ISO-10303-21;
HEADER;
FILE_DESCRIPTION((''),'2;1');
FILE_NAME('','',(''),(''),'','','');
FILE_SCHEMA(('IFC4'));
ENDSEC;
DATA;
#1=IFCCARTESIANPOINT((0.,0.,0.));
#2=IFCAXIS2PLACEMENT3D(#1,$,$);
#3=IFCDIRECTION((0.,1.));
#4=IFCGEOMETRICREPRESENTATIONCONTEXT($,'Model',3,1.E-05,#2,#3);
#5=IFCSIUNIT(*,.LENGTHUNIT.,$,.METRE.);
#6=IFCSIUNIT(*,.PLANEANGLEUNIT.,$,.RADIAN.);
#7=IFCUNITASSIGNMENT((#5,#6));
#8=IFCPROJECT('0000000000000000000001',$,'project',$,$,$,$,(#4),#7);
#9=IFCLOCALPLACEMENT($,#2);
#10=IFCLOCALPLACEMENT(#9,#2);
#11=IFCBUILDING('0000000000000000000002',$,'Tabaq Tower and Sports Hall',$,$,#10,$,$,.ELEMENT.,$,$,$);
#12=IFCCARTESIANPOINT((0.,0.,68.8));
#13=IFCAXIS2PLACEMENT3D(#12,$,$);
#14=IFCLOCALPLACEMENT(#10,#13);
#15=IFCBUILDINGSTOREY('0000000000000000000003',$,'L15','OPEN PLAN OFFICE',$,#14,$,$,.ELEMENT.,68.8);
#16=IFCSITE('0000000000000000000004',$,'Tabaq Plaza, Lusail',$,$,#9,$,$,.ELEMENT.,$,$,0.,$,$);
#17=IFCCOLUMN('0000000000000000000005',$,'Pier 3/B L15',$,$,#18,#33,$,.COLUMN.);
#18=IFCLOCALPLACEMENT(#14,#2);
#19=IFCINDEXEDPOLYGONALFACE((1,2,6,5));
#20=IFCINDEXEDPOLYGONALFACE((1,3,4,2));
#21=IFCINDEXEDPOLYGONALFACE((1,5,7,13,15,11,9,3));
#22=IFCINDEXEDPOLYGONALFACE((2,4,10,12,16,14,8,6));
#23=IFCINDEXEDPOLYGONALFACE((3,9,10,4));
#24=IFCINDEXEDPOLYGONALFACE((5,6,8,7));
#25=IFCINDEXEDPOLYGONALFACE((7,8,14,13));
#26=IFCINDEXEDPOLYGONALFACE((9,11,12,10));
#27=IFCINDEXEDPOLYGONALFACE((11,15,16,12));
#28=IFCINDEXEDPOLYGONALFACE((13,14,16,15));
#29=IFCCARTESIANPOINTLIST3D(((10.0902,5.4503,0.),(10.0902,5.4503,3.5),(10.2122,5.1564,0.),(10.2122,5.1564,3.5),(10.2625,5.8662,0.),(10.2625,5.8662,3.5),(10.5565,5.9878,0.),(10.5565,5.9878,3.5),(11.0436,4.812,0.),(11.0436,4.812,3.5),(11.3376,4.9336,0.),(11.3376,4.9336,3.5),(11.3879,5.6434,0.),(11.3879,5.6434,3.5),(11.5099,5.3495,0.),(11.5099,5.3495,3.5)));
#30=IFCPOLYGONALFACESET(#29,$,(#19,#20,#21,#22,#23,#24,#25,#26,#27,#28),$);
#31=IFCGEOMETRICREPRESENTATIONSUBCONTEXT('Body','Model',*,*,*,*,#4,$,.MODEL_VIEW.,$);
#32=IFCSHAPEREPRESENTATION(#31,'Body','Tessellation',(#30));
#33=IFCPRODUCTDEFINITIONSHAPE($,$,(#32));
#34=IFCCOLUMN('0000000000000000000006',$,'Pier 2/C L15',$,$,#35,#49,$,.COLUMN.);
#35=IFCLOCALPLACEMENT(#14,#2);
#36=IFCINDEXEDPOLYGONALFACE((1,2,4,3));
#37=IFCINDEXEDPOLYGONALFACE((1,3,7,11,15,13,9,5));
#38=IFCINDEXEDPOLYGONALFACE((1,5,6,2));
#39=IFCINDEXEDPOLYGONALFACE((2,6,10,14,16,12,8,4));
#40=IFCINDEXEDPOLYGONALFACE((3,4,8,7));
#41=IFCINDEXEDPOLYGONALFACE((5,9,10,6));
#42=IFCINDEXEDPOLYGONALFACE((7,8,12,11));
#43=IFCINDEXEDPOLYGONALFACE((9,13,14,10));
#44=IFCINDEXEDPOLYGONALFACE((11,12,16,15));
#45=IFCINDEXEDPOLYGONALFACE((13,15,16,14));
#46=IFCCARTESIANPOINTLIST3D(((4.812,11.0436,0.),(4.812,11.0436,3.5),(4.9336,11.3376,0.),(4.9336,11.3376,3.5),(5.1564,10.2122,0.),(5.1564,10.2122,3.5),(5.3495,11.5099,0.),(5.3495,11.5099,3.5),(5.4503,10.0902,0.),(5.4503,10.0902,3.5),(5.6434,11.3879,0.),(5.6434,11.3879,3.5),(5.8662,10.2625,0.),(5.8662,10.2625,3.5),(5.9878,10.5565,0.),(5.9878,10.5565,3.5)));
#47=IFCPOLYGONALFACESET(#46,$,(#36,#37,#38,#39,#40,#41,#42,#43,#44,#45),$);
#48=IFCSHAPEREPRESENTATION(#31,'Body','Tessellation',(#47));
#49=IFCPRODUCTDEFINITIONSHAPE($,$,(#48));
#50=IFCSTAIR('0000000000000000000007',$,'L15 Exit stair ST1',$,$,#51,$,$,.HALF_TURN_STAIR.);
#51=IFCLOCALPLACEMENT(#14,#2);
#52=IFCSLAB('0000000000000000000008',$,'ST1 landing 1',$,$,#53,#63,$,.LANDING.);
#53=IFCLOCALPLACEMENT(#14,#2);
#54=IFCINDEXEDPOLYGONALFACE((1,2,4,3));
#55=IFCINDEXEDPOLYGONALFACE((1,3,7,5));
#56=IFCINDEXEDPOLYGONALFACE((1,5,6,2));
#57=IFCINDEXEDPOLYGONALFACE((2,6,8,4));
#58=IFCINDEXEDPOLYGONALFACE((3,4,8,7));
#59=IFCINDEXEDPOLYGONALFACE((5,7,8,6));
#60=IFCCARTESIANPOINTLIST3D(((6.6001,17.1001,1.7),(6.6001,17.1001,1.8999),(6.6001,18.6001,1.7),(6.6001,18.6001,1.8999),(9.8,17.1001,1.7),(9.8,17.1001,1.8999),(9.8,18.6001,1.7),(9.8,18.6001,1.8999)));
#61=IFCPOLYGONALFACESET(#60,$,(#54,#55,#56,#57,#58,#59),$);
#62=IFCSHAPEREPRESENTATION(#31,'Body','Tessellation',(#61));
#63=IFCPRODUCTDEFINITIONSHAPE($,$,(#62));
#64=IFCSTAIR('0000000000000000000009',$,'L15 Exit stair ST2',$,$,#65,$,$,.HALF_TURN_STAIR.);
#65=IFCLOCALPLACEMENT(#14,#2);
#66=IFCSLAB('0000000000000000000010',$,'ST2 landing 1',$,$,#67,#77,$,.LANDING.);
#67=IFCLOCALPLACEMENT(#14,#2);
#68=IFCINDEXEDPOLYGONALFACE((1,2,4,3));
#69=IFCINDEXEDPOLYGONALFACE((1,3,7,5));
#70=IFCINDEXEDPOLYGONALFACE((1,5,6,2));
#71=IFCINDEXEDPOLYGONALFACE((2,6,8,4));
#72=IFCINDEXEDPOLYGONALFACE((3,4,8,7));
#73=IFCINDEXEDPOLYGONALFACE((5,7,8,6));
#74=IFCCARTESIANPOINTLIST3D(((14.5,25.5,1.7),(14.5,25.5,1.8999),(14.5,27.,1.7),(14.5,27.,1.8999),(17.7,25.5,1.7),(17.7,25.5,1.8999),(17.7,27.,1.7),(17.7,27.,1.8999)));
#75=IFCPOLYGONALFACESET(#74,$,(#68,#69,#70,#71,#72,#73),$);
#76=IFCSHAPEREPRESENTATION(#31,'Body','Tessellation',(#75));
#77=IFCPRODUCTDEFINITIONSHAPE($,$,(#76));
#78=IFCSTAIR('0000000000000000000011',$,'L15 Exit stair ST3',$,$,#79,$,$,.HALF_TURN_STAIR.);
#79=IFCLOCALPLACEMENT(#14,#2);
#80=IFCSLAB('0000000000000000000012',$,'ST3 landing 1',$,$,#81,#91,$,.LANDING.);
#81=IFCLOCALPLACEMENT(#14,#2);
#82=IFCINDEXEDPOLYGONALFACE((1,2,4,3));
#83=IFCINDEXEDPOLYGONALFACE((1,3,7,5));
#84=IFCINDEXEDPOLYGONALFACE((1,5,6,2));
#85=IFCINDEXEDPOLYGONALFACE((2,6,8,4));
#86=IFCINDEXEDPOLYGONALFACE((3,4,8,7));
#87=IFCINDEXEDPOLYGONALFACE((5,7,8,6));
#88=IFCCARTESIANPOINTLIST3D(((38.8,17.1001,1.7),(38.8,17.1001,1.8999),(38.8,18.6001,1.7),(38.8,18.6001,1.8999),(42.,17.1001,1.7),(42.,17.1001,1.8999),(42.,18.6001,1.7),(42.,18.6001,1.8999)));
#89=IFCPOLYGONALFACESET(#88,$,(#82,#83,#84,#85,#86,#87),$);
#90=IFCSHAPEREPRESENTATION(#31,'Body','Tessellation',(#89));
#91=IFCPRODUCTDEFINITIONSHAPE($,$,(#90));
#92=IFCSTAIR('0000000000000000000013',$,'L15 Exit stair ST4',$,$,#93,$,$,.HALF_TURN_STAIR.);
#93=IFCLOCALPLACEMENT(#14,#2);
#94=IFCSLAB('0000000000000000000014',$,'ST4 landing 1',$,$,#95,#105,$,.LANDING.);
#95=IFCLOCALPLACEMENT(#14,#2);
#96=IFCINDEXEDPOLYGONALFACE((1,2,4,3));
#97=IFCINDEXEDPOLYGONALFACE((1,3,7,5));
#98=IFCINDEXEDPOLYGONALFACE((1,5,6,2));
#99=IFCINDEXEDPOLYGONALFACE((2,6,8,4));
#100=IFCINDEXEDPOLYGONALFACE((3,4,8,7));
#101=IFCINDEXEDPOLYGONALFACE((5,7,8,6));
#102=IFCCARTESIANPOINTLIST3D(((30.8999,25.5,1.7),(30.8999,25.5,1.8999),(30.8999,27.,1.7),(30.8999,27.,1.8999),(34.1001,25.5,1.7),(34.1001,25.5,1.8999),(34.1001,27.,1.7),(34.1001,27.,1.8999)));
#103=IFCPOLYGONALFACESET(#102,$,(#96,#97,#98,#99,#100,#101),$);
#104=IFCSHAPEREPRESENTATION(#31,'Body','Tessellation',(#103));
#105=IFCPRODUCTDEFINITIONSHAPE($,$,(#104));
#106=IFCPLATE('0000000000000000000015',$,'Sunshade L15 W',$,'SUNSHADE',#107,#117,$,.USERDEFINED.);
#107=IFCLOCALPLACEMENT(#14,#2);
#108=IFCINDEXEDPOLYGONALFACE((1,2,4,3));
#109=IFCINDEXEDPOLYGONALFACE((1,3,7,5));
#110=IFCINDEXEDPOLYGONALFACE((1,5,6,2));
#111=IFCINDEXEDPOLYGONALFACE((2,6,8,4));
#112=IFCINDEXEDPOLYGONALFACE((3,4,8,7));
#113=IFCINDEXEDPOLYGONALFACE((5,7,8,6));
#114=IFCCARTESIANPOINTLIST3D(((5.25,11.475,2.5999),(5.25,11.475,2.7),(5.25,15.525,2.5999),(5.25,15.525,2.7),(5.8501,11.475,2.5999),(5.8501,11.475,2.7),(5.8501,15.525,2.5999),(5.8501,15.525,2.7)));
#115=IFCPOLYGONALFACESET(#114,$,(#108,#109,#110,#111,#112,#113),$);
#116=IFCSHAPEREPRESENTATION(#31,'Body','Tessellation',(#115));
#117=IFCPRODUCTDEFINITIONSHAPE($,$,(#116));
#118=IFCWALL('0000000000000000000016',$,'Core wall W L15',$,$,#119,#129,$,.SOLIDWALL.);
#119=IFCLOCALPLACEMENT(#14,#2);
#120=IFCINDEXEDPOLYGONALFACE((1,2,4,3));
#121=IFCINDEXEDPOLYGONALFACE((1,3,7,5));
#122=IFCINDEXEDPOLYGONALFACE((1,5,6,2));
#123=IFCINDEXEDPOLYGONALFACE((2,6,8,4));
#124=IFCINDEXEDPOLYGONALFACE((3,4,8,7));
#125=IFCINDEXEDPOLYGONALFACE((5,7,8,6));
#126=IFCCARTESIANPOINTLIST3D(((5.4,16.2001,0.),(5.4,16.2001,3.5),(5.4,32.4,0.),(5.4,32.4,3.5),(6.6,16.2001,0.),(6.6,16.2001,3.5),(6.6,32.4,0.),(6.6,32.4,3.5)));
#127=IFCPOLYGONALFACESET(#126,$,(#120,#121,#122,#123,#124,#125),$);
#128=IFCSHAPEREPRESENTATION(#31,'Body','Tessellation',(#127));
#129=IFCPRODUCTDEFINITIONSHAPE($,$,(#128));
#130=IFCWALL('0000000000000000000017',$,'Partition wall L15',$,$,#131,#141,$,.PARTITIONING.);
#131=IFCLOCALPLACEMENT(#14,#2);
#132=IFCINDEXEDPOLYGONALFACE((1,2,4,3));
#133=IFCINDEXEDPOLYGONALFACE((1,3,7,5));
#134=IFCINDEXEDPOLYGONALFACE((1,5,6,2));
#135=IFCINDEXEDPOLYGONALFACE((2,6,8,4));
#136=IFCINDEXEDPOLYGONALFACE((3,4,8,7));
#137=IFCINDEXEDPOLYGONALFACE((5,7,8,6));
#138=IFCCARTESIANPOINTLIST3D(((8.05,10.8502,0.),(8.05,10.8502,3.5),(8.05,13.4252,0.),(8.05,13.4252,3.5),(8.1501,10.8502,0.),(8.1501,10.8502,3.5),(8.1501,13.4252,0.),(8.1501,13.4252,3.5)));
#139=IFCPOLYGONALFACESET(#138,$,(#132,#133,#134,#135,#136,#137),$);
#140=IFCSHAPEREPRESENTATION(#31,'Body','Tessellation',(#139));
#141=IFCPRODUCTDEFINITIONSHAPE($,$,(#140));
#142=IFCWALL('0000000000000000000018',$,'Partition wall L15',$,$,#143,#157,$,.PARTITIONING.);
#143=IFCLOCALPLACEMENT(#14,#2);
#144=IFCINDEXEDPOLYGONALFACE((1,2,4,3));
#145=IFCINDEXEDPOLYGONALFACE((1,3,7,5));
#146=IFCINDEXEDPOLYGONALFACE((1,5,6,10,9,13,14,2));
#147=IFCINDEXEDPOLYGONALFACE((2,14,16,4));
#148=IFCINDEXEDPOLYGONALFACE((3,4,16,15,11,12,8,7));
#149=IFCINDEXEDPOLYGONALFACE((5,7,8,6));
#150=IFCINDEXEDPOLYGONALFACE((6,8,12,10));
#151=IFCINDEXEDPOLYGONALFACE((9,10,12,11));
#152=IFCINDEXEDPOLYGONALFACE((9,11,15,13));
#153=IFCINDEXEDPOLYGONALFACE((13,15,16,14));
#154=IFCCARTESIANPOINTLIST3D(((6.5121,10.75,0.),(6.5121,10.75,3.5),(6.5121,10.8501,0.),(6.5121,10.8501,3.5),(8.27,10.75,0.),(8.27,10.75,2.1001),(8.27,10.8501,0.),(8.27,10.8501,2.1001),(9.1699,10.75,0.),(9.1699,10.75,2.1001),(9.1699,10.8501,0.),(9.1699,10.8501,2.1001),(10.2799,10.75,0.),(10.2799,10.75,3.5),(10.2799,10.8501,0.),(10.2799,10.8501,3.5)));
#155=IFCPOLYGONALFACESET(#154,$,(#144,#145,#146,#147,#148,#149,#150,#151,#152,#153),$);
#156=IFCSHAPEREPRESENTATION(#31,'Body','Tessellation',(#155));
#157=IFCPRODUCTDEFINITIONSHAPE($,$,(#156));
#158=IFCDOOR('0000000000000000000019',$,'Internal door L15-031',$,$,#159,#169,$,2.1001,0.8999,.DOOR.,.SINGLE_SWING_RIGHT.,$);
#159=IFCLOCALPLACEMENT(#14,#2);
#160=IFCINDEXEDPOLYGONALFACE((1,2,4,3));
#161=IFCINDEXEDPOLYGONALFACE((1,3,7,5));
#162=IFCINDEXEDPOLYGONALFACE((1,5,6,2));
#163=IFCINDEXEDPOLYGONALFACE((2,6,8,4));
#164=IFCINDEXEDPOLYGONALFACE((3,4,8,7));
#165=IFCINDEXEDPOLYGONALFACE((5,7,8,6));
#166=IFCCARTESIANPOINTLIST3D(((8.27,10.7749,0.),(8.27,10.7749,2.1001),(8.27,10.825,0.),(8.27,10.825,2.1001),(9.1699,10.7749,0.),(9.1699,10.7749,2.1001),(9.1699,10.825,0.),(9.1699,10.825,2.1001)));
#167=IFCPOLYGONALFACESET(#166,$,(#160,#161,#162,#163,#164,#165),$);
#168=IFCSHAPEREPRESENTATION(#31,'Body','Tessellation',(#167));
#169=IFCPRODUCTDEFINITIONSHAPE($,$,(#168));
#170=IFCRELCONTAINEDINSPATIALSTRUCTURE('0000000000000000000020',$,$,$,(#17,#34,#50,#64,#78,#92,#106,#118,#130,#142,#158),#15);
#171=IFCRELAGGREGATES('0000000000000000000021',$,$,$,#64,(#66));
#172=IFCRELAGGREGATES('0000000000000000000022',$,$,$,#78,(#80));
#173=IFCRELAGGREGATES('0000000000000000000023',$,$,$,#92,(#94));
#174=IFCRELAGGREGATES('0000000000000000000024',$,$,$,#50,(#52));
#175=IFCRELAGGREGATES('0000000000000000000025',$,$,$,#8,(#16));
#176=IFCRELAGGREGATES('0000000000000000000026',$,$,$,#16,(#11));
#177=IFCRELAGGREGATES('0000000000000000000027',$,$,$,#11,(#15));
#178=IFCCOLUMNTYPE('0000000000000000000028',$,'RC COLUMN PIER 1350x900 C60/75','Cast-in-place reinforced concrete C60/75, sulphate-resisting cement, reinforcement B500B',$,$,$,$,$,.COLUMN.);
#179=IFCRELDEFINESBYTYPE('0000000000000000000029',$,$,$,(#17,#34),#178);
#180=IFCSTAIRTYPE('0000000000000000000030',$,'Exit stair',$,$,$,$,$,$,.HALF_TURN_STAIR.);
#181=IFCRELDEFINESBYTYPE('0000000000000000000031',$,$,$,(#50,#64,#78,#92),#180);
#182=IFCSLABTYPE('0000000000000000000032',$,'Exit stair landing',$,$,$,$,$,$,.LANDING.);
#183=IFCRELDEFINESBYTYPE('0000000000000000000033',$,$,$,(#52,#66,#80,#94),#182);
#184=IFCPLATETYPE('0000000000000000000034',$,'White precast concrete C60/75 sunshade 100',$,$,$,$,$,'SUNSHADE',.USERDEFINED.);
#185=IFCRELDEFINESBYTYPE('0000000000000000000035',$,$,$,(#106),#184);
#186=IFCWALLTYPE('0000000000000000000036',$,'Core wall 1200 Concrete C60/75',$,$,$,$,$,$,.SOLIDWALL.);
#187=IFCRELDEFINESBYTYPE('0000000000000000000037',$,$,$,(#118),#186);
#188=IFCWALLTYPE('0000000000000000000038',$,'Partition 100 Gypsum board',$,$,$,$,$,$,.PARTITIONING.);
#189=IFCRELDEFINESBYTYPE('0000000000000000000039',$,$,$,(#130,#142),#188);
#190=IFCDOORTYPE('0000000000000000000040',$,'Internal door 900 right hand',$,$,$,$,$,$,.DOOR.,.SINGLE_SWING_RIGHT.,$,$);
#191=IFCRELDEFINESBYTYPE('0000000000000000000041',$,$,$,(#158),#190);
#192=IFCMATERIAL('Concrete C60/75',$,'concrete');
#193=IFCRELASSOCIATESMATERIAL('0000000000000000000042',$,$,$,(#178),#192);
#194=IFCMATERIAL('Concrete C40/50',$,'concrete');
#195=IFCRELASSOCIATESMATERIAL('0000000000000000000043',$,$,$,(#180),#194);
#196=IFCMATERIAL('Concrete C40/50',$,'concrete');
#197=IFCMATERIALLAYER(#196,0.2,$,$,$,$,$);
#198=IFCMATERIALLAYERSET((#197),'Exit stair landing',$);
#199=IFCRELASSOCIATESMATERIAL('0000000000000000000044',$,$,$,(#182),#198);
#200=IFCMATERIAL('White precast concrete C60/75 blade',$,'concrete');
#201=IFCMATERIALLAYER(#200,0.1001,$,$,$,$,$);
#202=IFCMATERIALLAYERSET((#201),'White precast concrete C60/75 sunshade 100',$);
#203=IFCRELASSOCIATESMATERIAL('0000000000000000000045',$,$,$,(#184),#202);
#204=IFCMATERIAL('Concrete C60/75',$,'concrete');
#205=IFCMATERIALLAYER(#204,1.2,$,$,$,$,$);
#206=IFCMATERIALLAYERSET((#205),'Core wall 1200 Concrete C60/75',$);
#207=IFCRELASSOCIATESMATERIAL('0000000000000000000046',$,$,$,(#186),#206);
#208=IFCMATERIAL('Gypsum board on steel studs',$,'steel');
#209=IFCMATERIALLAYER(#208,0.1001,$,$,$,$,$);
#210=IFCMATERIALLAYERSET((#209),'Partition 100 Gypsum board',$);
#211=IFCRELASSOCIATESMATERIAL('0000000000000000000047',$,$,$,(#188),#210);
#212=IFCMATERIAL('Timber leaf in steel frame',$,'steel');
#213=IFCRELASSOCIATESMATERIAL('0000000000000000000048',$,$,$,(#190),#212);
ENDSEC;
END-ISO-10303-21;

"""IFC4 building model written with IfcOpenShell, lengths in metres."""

from ifc_helpers import new_model, si_unit, direction, frame, frame_2d, origin, origin_2d, place, context, subcontext, project, spatial, polyline, rectangle, outline, extrude, material, layer, layer_set, material_profile, profile_set, type_object, element, fill, aggregate, save


model = new_model("IFC4")

# Units and contexts
model_context = context("Model", 3, precision=1e-05, world=origin(), true_north=direction((0.0, 1.0)))
body_context = subcontext(model_context, "Body", "Model", "MODEL_VIEW")
ifc_project = project(units=[si_unit("LENGTHUNIT", "METRE"), si_unit("PLANEANGLEUNIT", "RADIAN")], contexts=[model_context])

# Site, building, storey
site_placement = place(None, origin())
site = spatial("IfcSite", under=ifc_project, at=site_placement, Name="Tabaq Plaza, Lusail", CompositionType="ELEMENT", RefElevation=0.0)
building_placement = place(site_placement, origin())
building = spatial("IfcBuilding", under=site, at=building_placement, Name="Tabaq Tower and Sports Hall", CompositionType="ELEMENT")
storey_placement = place(building_placement, frame((0.0, 0.0, 68.8)))
storey = spatial("IfcBuildingStorey", under=building, at=storey_placement, Name="L15", Description="OPEN PLAN OFFICE", CompositionType="ELEMENT", Elevation=68.8)

# Columns
ifc_material_1 = material(Name="Concrete C60/75", Category="concrete")
ifc_material_profile = material_profile(ifc_material_1, outline(polyline([(-0.45, -0.45), (0.45, -0.45), (0.675, -0.2251), (0.675, 0.2251), (0.45, 0.45), (-0.45, 0.45), (-0.675, 0.2251), (-0.675, -0.2251), (-0.45, -0.45)])), Name="PIER 1350x900")
ifc_profile_set = profile_set([ifc_material_profile], Name="Concrete C60/75")
column_type = type_object("IfcColumnType", Name="RC COLUMN PIER 1350x900 C60/75", Description="Cast-in-place reinforced concrete C60/75, sulphate-resisting cement, reinforcement B500B", PredefinedType="COLUMN", material=ifc_profile_set)
for number, where, z_axis, x_axis, name in (
    (1, (10.8, 5.3999, 0.0), (0.0, 0.0, 1.0), (-0.92388, 0.382683, 0.0), "Pier 3/B L15"),
    (2, (5.3999, 10.8, 0.0), (0.0, 0.0, 1.0), (-0.382683, 0.92388, 0.0), "Pier 2/C L15"),
):
    element("IfcColumn", number, at=place(storey_placement, frame(where, z_axis=z_axis, x_axis=x_axis)), inside=storey, type_object=column_type, Name=name, PredefinedType="COLUMN", context=body_context, shape_type="SweptSolid", body=[
        extrude(outline(polyline([(-0.45, -0.45), (0.45, -0.45), (0.675, -0.2251), (0.675, 0.2251), (0.45, 0.45), (-0.45, 0.45), (-0.675, 0.2251), (-0.675, -0.2251), (-0.45, -0.45)])), origin(), (0.0, 0.0, 1.0), 3.5),
    ])

# Stairs, slabs
ifc_material_2 = material(Name="Concrete C40/50", Category="concrete")
stair_type = type_object("IfcStairType", Name="Exit stair", PredefinedType="HALF_TURN_STAIR", material=ifc_material_2)
stair_1_placement = place(storey_placement, origin())
stair_1 = element("IfcStair", 3, at=stair_1_placement, inside=storey, type_object=stair_type, Name="L15 Exit stair ST1", PredefinedType="HALF_TURN_STAIR")
ifc_material_3 = material(Name="Concrete C40/50", Category="concrete")
ifc_layer_1 = layer(ifc_material_3, 0.2)
ifc_layer_set_1 = layer_set([ifc_layer_1], Name="Exit stair landing")
slab_type = type_object("IfcSlabType", Name="Exit stair landing", PredefinedType="LANDING", material=ifc_layer_set_1)
slab_1_placement = place(storey_placement, frame((0.0, 0.0, 1.7)))
slab_1 = element("IfcSlab", 4, at=slab_1_placement, type_object=slab_type, Name="ST1 landing 1", PredefinedType="LANDING", context=body_context, shape_type="SweptSolid", body=[
    extrude(outline(polyline([(6.6001, 18.6001), (6.6001, 17.1001), (9.8, 17.1001), (9.8, 18.6001), (6.6001, 18.6001)])), origin(), (0.0, 0.0, 1.0), 0.2),
])
stair_2_placement = place(storey_placement, origin())
stair_2 = element("IfcStair", 5, at=stair_2_placement, inside=storey, type_object=stair_type, Name="L15 Exit stair ST2", PredefinedType="HALF_TURN_STAIR")
slab_2_placement = place(storey_placement, frame((0.0, 0.0, 1.7)))
slab_2 = element("IfcSlab", 6, at=slab_2_placement, type_object=slab_type, Name="ST2 landing 1", PredefinedType="LANDING", context=body_context, shape_type="SweptSolid", body=[
    extrude(outline(polyline([(14.5, 27.0), (14.5, 25.5), (17.7, 25.5), (17.7, 27.0), (14.5, 27.0)])), origin(), (0.0, 0.0, 1.0), 0.2),
])
aggregate(stair_2, [slab_2])
stair_3_placement = place(storey_placement, origin())
stair_3 = element("IfcStair", 7, at=stair_3_placement, inside=storey, type_object=stair_type, Name="L15 Exit stair ST3", PredefinedType="HALF_TURN_STAIR")
slab_3_placement = place(storey_placement, frame((0.0, 0.0, 1.7)))
slab_3 = element("IfcSlab", 8, at=slab_3_placement, type_object=slab_type, Name="ST3 landing 1", PredefinedType="LANDING", context=body_context, shape_type="SweptSolid", body=[
    extrude(outline(polyline([(38.8, 18.6001), (38.8, 17.1001), (42.0, 17.1001), (42.0, 18.6001), (38.8, 18.6001)])), origin(), (0.0, 0.0, 1.0), 0.2),
])
aggregate(stair_3, [slab_3])
stair_4_placement = place(storey_placement, origin())
stair_4 = element("IfcStair", 9, at=stair_4_placement, inside=storey, type_object=stair_type, Name="L15 Exit stair ST4", PredefinedType="HALF_TURN_STAIR")
slab_4_placement = place(storey_placement, frame((0.0, 0.0, 1.7)))
slab_4 = element("IfcSlab", 10, at=slab_4_placement, type_object=slab_type, Name="ST4 landing 1", PredefinedType="LANDING", context=body_context, shape_type="SweptSolid", body=[
    extrude(outline(polyline([(30.8999, 27.0), (30.8999, 25.5), (34.1001, 25.5), (34.1001, 27.0), (30.8999, 27.0)])), origin(), (0.0, 0.0, 1.0), 0.2),
])
aggregate(stair_4, [slab_4])

# Plate
ifc_material_4 = material(Name="White precast concrete C60/75 blade", Category="concrete")
ifc_layer_2 = layer(ifc_material_4, 0.1001)
ifc_layer_set_2 = layer_set([ifc_layer_2], Name="White precast concrete C60/75 sunshade 100")
plate_type = type_object("IfcPlateType", Name="White precast concrete C60/75 sunshade 100", ElementType="SUNSHADE", PredefinedType="USERDEFINED", material=ifc_layer_set_2)
plate_placement = place(storey_placement, frame((5.55, 13.5, 2.5999), z_axis=(0.0, 0.0, 1.0), x_axis=(0.0, -1.0, 0.0)))
element("IfcPlate", 11, at=plate_placement, inside=storey, type_object=plate_type, Name="Sunshade L15 W", ObjectType="SUNSHADE", PredefinedType="USERDEFINED", context=body_context, shape_type="SweptSolid", body=[
    extrude(rectangle(XDim=4.05, YDim=0.6001, at=origin_2d()), origin(), (0.0, 0.0, 1.0), 0.1001),
])

# Walls
ifc_material_5 = material(Name="Concrete C60/75", Category="concrete")
ifc_layer_3 = layer(ifc_material_5, 1.2)
ifc_layer_set_3 = layer_set([ifc_layer_3], Name="Core wall 1200 Concrete C60/75")
wall_type_1 = type_object("IfcWallType", Name="Core wall 1200 Concrete C60/75", PredefinedType="SOLIDWALL", material=ifc_layer_set_3)
wall_1_placement = place(storey_placement, frame((6.0, 16.2, 0.0), z_axis=(0.0, 0.0, 1.0), x_axis=(0.0, 1.0, 0.0)))
element("IfcWall", 12, at=wall_1_placement, inside=storey, type_object=wall_type_1, Name="Core wall W L15", PredefinedType="SOLIDWALL", context=body_context, shape_type="SweptSolid", body=[
    extrude(rectangle(XDim=16.2, YDim=1.2, at=frame_2d((8.1001, 0.0))), origin(), (0.0, 0.0, 1.0), 3.5),
])
ifc_material_6 = material(Name="Gypsum board on steel studs", Category="steel")
ifc_layer_4 = layer(ifc_material_6, 0.1001)
ifc_layer_set_4 = layer_set([ifc_layer_4], Name="Partition 100 Gypsum board")
wall_type_2 = type_object("IfcWallType", Name="Partition 100 Gypsum board", PredefinedType="PARTITIONING", material=ifc_layer_set_4)
wall_2_placement = place(storey_placement, frame((8.1001, 10.8501, 0.0), z_axis=(0.0, 0.0, 1.0), x_axis=(0.0, 1.0, 0.0)))
element("IfcWall", 13, at=wall_2_placement, inside=storey, type_object=wall_type_2, Name="Partition wall L15", PredefinedType="PARTITIONING", context=body_context, shape_type="SweptSolid", body=[
    extrude(rectangle(XDim=2.575, YDim=0.1001, at=frame_2d((1.2876, 0.0))), origin(), (0.0, 0.0, 1.0), 3.5),
])

# Wall, opening, door
wall_3_placement = place(storey_placement, frame((6.5122, 10.8, 0.0), z_axis=(0.0, 0.0, 1.0), x_axis=(1.0, 0.0, 0.0)))
wall_3 = element("IfcWall", 14, at=wall_3_placement, inside=storey, type_object=wall_type_2, Name="Partition wall L15", PredefinedType="PARTITIONING", context=body_context, shape_type="SweptSolid", body=[
    extrude(rectangle(XDim=3.7678, YDim=0.1001, at=frame_2d((1.8838, 0.0))), origin(), (0.0, 0.0, 1.0), 3.5),
])
opening_1_placement = place(wall_3_placement, frame((1.7578, 0.0, 0.0)))
opening_1 = element("IfcOpeningElement", 15, at=opening_1_placement, cuts=wall_3, PredefinedType="OPENING", context=body_context, shape_type="SweptSolid", body=[
    extrude(rectangle(XDim=0.8999, YDim=2.1001, at=frame_2d((0.45, 1.05))), frame((0.0, 0.05, 0.0), z_axis=(0.0, -1.0, 0.0), x_axis=(1.0, 0.0, 0.0)), (0.0, 0.0, 1.0), 0.1001),
])
ifc_material_7 = material(Name="Timber leaf in steel frame", Category="steel")
door_type_1 = type_object("IfcDoorType", Name="Internal door 900 right hand", OperationType="SINGLE_SWING_RIGHT", PredefinedType="DOOR", material=ifc_material_7)
door_1_placement = place(opening_1_placement, origin())
door_1 = element("IfcDoor", 16, at=door_1_placement, inside=storey, type_object=door_type_1, Name="Internal door L15-031", OperationType="SINGLE_SWING_RIGHT", OverallHeight=2.1001, OverallWidth=0.8999, PredefinedType="DOOR", context=body_context, shape_type="SweptSolid", body=[
    extrude(rectangle(XDim=0.8999, YDim=2.1001, at=frame_2d((0.45, 1.05))), frame((0.0, 0.0249, 0.0), z_axis=(0.0, -1.0, 0.0), x_axis=(1.0, 0.0, 0.0)), (0.0, 0.0, 1.0), 0.05),
])
fill(opening_1, door_1)

aggregate(stair_1, [slab_1])

save(model, "model.ifc")
